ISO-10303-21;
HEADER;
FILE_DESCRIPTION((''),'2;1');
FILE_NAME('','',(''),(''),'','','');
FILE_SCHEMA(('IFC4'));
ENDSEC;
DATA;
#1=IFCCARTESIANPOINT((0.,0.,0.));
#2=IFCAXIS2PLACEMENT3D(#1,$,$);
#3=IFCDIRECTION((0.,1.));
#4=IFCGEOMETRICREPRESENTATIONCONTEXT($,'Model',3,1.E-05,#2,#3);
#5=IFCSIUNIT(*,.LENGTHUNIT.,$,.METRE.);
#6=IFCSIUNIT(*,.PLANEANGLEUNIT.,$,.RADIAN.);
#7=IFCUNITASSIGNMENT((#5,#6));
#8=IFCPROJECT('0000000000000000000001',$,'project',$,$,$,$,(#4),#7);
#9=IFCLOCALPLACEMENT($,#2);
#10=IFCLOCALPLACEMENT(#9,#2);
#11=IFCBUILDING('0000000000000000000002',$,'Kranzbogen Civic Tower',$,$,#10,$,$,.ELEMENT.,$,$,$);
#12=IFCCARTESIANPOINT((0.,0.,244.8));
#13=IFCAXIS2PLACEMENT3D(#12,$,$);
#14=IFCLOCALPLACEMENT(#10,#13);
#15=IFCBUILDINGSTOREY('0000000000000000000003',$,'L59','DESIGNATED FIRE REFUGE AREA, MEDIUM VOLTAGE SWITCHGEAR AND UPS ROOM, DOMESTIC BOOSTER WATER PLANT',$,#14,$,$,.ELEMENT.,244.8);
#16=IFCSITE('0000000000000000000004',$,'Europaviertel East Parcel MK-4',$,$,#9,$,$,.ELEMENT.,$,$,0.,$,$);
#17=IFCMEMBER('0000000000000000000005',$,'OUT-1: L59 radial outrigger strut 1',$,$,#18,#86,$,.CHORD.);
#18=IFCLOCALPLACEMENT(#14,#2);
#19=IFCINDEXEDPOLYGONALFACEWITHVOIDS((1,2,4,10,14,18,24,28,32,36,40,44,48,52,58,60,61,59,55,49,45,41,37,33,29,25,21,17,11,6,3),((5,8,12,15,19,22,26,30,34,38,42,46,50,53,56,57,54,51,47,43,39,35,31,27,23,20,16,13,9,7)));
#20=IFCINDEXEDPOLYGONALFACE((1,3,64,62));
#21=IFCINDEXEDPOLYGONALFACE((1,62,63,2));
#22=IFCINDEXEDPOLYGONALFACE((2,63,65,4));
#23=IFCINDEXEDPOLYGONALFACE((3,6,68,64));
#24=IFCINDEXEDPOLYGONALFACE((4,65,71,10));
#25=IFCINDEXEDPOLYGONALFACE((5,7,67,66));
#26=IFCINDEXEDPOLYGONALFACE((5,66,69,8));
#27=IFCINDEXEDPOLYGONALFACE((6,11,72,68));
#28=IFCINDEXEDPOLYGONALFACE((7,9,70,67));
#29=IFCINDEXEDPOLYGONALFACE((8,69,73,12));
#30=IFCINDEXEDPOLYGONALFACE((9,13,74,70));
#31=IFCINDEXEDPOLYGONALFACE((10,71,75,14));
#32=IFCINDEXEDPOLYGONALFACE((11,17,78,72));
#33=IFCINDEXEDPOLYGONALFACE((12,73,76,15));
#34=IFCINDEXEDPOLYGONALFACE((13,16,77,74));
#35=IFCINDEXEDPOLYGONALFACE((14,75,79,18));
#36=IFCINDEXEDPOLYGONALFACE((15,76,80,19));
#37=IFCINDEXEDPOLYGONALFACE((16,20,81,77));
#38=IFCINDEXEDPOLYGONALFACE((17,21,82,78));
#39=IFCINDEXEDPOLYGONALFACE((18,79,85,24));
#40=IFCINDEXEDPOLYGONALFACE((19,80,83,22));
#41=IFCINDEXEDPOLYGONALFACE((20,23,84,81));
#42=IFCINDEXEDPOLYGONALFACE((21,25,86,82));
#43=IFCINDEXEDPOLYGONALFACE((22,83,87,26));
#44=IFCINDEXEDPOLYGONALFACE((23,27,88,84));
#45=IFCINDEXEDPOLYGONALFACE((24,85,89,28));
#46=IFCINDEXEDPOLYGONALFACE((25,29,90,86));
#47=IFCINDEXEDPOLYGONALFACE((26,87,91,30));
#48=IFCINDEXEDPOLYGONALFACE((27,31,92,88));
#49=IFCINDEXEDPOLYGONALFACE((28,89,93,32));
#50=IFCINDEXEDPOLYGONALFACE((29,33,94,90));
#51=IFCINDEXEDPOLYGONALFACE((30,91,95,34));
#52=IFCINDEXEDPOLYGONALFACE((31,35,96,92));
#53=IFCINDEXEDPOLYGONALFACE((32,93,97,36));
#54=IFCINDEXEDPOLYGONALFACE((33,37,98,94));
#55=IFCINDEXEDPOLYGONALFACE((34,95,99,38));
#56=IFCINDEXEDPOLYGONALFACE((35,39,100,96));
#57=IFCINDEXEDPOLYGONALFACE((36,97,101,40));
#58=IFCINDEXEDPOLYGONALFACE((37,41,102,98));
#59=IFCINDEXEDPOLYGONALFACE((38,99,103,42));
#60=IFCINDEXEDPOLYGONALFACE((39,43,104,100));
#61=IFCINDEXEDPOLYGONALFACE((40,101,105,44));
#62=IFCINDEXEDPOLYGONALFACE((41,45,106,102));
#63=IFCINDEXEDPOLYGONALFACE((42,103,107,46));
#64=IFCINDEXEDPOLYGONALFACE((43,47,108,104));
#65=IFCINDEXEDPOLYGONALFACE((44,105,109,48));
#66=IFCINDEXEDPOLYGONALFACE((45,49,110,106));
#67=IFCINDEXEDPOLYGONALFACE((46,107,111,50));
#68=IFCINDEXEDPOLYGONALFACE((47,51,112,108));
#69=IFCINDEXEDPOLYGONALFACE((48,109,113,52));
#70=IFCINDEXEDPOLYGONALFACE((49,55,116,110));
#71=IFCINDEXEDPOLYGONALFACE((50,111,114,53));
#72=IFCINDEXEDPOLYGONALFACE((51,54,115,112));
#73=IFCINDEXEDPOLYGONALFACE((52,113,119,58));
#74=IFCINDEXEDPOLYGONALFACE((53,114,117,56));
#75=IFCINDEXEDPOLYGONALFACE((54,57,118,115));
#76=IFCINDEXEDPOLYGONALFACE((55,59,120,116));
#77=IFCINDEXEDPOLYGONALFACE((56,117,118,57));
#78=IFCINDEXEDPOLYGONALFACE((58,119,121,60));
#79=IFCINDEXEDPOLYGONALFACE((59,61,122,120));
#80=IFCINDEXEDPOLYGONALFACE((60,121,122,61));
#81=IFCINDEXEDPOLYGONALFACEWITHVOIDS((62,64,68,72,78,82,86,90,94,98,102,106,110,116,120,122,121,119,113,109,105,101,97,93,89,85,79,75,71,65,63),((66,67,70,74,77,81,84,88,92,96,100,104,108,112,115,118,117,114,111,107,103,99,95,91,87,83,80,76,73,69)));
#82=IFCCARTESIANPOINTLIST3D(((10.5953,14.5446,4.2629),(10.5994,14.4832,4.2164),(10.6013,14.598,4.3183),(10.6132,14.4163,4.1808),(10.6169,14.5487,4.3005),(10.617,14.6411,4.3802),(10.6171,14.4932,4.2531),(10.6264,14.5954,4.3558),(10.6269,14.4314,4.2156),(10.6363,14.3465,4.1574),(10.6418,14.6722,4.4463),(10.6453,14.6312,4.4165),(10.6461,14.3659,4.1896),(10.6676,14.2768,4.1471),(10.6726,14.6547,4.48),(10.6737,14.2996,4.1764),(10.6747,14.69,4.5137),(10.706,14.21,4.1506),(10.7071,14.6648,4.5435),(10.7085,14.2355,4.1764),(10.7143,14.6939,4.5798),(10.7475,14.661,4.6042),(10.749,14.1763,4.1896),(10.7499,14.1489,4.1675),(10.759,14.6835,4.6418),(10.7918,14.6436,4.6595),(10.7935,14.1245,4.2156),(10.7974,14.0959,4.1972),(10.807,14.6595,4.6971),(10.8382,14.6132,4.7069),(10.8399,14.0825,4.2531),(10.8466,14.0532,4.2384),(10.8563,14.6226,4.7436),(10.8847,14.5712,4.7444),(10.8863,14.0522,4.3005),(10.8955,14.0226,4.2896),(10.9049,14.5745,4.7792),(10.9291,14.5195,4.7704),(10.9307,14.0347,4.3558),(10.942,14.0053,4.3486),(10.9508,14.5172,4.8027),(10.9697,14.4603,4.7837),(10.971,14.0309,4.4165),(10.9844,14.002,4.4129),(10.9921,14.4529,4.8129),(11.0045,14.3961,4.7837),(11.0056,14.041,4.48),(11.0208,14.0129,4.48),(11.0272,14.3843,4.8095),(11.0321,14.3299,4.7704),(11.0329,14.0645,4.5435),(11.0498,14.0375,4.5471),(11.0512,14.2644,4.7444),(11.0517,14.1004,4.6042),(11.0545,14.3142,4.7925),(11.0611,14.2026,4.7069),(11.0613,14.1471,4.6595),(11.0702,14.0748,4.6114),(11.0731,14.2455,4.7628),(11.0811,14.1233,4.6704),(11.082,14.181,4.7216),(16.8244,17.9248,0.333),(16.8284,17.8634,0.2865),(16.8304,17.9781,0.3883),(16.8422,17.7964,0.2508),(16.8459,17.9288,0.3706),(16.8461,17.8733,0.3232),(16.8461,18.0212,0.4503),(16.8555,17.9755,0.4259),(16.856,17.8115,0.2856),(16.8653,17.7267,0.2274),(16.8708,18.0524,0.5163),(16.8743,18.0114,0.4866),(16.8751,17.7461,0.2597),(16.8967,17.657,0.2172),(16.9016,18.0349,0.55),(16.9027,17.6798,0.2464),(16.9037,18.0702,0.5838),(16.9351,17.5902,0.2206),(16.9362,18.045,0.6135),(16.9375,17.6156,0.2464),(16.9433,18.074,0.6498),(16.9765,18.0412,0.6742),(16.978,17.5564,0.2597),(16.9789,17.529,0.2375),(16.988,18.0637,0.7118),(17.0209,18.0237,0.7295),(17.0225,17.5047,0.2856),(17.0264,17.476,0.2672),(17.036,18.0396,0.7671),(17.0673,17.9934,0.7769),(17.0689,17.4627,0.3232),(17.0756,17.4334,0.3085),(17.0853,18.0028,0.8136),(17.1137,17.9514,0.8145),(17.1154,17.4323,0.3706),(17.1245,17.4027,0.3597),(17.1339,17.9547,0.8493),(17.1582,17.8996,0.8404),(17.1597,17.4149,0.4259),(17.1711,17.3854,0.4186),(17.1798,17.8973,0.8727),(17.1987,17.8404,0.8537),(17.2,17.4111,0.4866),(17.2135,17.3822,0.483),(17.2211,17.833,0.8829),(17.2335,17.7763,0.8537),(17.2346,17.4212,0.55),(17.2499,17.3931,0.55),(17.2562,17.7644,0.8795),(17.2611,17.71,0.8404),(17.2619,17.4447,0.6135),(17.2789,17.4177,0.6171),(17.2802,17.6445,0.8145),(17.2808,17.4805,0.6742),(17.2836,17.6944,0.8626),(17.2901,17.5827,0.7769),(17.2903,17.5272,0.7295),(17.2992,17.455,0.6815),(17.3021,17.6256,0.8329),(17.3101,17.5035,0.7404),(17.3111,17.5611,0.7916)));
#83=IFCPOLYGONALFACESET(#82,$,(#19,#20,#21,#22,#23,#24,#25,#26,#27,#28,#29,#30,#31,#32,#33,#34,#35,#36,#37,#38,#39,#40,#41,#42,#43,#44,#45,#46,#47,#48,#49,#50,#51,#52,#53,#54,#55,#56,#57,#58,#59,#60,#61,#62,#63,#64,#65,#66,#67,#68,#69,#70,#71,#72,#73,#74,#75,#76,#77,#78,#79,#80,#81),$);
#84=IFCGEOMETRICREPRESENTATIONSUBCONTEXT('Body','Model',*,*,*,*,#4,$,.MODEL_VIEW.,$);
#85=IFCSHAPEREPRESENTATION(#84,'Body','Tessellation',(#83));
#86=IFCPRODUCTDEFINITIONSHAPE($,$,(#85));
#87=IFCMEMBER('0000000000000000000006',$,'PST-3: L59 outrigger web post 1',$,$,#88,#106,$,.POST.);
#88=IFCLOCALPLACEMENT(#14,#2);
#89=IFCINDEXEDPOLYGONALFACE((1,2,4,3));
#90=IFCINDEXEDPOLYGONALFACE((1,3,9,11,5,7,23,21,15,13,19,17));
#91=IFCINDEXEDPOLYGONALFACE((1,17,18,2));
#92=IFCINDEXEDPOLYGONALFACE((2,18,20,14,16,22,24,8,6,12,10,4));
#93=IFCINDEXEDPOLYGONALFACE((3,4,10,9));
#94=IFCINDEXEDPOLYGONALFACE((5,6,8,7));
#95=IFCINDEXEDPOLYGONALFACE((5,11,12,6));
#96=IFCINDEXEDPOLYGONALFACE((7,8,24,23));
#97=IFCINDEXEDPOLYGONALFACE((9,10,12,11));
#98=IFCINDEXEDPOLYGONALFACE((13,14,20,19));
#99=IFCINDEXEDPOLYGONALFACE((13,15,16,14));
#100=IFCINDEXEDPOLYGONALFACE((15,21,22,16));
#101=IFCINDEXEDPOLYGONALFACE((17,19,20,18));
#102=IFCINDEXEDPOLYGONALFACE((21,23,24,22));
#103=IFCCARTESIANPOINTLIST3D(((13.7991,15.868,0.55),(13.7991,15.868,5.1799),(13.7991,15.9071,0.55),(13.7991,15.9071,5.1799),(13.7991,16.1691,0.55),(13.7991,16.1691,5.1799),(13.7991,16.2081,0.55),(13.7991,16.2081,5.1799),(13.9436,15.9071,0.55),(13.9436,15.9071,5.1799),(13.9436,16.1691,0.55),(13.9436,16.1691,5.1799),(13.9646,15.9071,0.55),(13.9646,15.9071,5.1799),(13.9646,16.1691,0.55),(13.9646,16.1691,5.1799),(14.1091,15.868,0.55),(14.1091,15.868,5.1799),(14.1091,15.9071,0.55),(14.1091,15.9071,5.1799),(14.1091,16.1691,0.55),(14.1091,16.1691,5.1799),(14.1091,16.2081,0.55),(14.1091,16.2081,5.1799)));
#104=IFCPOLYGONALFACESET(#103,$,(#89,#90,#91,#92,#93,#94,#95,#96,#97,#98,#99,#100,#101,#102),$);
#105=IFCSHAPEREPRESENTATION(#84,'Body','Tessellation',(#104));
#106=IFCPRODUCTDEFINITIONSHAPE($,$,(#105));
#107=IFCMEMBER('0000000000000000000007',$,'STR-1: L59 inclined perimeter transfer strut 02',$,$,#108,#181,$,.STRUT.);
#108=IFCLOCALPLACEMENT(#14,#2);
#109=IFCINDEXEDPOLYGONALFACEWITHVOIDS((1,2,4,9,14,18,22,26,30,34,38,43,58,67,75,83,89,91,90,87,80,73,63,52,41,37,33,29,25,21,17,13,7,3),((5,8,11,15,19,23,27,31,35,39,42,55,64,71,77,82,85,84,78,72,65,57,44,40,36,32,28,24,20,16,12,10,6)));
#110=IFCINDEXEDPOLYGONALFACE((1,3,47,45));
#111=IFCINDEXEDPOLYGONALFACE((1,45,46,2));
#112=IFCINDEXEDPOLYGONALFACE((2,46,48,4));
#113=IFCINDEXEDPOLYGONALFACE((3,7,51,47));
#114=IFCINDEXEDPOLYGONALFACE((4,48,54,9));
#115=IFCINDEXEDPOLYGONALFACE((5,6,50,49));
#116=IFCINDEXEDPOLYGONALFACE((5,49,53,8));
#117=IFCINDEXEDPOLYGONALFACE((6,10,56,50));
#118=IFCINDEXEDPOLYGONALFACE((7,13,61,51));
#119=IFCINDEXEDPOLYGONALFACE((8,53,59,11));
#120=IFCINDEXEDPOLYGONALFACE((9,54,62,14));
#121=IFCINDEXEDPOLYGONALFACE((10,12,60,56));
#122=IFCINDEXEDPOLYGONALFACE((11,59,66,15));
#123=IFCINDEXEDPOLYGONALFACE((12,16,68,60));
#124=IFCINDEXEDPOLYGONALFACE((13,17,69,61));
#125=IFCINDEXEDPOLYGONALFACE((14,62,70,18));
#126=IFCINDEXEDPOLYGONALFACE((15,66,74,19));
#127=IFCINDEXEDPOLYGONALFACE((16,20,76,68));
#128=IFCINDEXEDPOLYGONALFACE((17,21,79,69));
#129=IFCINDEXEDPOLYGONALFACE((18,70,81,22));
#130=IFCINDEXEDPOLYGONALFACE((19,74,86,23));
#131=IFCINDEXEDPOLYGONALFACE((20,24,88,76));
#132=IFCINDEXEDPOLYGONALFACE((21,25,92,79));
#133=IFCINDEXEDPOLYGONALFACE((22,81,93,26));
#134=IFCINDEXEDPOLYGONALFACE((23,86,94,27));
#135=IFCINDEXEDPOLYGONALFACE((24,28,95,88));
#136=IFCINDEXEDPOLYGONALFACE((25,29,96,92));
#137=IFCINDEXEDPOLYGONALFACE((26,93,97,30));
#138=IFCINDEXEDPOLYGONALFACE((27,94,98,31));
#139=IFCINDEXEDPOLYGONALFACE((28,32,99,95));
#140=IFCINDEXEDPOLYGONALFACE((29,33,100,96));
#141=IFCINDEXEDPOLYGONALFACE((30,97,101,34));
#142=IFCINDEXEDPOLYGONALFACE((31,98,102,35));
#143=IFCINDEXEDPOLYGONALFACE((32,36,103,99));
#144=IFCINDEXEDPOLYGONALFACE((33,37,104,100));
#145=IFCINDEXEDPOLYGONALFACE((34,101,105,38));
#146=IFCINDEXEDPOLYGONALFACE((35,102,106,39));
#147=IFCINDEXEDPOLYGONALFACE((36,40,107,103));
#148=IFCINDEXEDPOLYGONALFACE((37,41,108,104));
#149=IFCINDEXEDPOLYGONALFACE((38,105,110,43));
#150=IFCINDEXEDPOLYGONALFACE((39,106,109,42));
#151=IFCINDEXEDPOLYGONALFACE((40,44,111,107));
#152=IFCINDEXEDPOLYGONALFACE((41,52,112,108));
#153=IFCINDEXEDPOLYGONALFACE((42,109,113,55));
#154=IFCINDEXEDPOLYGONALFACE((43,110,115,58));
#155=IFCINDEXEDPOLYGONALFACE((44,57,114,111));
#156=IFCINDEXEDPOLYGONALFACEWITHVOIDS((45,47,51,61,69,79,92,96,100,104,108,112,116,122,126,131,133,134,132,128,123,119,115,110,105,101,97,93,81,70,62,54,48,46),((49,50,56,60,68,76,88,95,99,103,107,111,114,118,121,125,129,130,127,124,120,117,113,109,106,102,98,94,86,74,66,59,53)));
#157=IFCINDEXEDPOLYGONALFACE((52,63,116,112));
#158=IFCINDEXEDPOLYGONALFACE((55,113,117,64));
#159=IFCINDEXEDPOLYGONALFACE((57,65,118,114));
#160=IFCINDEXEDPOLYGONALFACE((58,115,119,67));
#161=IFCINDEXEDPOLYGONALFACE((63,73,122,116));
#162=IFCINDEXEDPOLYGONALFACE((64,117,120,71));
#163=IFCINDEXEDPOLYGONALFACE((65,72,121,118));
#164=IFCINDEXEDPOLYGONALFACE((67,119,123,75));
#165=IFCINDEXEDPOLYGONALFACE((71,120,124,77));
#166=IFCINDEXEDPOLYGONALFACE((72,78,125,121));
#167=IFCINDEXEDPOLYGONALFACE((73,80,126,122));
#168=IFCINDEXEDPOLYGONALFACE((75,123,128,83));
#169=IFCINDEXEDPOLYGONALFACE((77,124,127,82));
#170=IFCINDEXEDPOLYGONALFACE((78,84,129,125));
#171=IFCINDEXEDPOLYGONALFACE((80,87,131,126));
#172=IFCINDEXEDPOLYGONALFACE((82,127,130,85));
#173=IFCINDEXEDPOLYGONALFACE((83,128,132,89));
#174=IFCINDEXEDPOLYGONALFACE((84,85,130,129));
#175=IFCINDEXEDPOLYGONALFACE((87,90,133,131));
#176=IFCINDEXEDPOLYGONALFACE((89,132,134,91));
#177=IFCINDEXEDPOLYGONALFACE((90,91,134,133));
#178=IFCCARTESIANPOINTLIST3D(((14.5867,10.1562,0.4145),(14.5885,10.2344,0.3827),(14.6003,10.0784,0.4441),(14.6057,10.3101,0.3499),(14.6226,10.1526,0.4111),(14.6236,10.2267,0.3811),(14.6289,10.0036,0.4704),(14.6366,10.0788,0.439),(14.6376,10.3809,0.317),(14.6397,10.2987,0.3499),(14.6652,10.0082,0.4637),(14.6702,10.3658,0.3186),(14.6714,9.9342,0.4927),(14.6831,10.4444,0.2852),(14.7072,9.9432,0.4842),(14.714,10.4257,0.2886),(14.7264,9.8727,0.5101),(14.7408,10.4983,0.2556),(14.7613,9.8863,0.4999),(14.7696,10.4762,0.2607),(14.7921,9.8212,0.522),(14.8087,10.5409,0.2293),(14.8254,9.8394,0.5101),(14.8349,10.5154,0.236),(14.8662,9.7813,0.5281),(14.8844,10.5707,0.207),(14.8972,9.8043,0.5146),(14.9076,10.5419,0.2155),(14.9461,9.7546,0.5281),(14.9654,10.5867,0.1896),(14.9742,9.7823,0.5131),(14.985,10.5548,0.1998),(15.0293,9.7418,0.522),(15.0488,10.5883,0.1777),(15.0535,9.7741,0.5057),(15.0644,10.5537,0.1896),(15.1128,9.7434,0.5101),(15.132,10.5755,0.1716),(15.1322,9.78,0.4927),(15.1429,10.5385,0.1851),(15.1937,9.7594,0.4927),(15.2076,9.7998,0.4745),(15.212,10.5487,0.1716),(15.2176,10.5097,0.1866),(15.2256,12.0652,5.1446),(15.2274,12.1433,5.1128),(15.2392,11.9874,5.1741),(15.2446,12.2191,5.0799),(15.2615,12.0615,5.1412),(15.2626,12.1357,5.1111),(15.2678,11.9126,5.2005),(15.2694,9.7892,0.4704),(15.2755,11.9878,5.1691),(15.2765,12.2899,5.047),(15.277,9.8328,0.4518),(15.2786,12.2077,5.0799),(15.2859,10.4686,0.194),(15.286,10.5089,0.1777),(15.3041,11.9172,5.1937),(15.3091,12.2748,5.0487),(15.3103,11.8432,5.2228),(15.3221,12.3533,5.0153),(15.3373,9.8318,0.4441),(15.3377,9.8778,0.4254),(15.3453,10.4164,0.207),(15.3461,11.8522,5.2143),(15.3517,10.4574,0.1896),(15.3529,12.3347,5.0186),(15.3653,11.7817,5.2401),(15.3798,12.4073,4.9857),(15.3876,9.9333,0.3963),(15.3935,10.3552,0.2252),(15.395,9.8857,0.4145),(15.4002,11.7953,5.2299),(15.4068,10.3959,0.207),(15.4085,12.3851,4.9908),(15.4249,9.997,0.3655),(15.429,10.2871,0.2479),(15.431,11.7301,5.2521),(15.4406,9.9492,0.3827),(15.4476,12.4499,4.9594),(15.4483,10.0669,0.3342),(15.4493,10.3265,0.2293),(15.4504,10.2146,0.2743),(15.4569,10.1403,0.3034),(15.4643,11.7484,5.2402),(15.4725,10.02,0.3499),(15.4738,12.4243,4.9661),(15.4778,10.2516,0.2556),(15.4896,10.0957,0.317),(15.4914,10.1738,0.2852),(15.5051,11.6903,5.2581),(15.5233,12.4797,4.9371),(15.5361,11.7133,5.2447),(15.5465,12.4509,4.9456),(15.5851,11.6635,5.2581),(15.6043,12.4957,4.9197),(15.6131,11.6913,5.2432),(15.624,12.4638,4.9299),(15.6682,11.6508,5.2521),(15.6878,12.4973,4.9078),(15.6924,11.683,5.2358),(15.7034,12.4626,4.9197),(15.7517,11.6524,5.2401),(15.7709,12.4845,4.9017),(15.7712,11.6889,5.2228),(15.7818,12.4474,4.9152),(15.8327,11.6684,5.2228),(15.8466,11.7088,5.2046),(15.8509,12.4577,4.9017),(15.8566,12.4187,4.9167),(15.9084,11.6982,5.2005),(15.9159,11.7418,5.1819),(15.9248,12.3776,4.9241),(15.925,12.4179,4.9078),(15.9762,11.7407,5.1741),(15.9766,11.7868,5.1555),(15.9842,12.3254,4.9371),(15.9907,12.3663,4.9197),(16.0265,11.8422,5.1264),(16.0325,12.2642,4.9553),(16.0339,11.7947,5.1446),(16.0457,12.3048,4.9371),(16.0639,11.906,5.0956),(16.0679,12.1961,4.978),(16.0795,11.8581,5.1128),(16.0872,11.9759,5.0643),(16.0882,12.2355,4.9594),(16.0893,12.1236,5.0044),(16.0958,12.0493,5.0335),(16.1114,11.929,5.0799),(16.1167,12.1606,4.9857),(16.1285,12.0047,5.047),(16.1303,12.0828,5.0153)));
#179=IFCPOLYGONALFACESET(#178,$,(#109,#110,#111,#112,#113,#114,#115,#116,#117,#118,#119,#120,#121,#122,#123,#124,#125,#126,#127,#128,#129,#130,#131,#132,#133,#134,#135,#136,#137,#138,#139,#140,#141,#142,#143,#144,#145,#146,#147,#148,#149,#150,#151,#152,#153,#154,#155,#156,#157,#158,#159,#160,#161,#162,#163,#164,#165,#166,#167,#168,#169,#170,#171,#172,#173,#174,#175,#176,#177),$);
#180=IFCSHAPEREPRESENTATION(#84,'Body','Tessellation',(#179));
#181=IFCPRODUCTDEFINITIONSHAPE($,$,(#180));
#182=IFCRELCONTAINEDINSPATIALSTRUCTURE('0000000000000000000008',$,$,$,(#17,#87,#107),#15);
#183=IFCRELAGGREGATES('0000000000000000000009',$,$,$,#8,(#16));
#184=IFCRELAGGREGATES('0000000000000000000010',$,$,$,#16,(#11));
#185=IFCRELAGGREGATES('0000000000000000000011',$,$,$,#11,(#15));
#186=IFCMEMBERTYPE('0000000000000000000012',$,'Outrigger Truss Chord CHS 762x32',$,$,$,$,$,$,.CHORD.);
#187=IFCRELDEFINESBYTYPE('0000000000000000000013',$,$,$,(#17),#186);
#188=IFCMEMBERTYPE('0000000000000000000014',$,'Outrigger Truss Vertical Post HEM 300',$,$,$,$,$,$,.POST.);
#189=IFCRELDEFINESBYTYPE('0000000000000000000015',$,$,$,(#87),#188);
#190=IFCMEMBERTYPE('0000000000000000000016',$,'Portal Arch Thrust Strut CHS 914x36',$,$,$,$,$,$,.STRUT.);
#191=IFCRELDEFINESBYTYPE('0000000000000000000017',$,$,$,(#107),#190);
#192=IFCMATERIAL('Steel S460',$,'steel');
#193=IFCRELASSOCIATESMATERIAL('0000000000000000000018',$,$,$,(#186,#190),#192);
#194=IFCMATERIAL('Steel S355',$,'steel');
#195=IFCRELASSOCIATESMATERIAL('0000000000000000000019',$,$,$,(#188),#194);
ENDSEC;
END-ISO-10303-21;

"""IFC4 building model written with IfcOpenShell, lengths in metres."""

from ifc_helpers import new_model, si_unit, direction, frame, origin, origin_2d, place, context, subcontext, project, spatial, hollow_circle, i_section, extrude, material, material_profile, profile_set, type_object, element, save


model = new_model("IFC4")

# Units and contexts
model_context = context("Model", 3, precision=1e-05, world=origin(), true_north=direction((0.0, 1.0)))
body_context = subcontext(model_context, "Body", "Model", "MODEL_VIEW")
ifc_project = project(units=[si_unit("LENGTHUNIT", "METRE"), si_unit("PLANEANGLEUNIT", "RADIAN")], contexts=[model_context])

# Site, building, storey
site_placement = place(None, origin())
site = spatial("IfcSite", under=ifc_project, at=site_placement, Name="Europaviertel East Parcel MK-4", CompositionType="ELEMENT", RefElevation=0.0)
building_placement = place(site_placement, origin())
building = spatial("IfcBuilding", under=site, at=building_placement, Name="Kranzbogen Civic Tower", CompositionType="ELEMENT")
storey_placement = place(building_placement, frame((0.0, 0.0, 244.8)))
storey = spatial("IfcBuildingStorey", under=building, at=storey_placement, Name="L59", Description="DESIGNATED FIRE REFUGE AREA, MEDIUM VOLTAGE SWITCHGEAR AND UPS ROOM, DOMESTIC BOOSTER WATER PLANT", CompositionType="ELEMENT", Elevation=244.8)

# Shared definitions
ifc_material_1 = material(Name="Steel S355", Category="steel")

# Members
ifc_material_2 = material(Name="Steel S460", Category="steel")
ifc_material_profile_1 = material_profile(ifc_material_2, hollow_circle(Radius=0.3811, WallThickness=0.032, at=origin_2d()), Name="CHS 762x32")
ifc_profile_set_1 = profile_set([ifc_material_profile_1], Name="Steel S460")
member_type_1 = type_object("IfcMemberType", Name="Outrigger Truss Chord CHS 762x32", PredefinedType="CHORD", material=ifc_profile_set_1)
member_1_placement = place(storey_placement, frame((17.0681, 17.728, 0.55), z_axis=(-0.768661, -0.417109, 0.484955), x_axis=(0.476947, -0.878932, 0.0)))
element("IfcMember", 1, at=member_1_placement, inside=storey, type_object=member_type_1, Name="OUT-1: L59 radial outrigger strut 1", PredefinedType="CHORD", context=body_context, shape_type="SweptSolid", body=[
    extrude(hollow_circle(Radius=0.3811, WallThickness=0.032, at=origin_2d()), origin(), (0.0, 0.0, 1.0), 8.1038),
])
ifc_material_profile_2 = material_profile(ifc_material_1, i_section(OverallWidth=0.3101, OverallDepth=0.3401, WebThickness=0.021, FlangeThickness=0.0391, at=origin_2d()), Name="HEM 300")
ifc_profile_set_2 = profile_set([ifc_material_profile_2], Name="Steel S355")
member_type_2 = type_object("IfcMemberType", Name="Outrigger Truss Vertical Post HEM 300", PredefinedType="POST", material=ifc_profile_set_2)
member_2_placement = place(storey_placement, frame((13.9541, 16.0381, 0.55), z_axis=(0.0, 0.0, 1.0), x_axis=(1.0, 0.0, 0.0)))
element("IfcMember", 2, at=member_2_placement, inside=storey, type_object=member_type_2, Name="PST-3: L59 outrigger web post 1", PredefinedType="POST", context=body_context, shape_type="SweptSolid", body=[
    extrude(i_section(OverallWidth=0.3101, OverallDepth=0.3401, WebThickness=0.021, FlangeThickness=0.0391, at=origin_2d()), origin(), (0.0, 0.0, 1.0), 4.6299),
])
ifc_material_profile_3 = material_profile(ifc_material_2, hollow_circle(Radius=0.457, WallThickness=0.0359, at=origin_2d()), Name="CHS 914x36")
ifc_profile_set_3 = profile_set([ifc_material_profile_3], Name="Steel S460")
member_type_3 = type_object("IfcMemberType", Name="Portal Arch Thrust Strut CHS 914x36", PredefinedType="STRUT", material=ifc_profile_set_3)
member_3_placement = place(storey_placement, frame((15.0391, 10.165, 0.3499), z_axis=(0.12429, 0.371351, 0.920136), x_axis=(-0.948294, 0.317392, 0.0)))
element("IfcMember", 3, at=member_3_placement, inside=storey, type_object=member_type_3, Name="STR-1: L59 inclined perimeter transfer strut 02", PredefinedType="STRUT", context=body_context, shape_type="SweptSolid", body=[
    extrude(hollow_circle(Radius=0.457, WallThickness=0.0359, at=origin_2d()), origin(), (0.0, 0.0, 1.0), 5.1406),
])

save(model, "model.ifc")
